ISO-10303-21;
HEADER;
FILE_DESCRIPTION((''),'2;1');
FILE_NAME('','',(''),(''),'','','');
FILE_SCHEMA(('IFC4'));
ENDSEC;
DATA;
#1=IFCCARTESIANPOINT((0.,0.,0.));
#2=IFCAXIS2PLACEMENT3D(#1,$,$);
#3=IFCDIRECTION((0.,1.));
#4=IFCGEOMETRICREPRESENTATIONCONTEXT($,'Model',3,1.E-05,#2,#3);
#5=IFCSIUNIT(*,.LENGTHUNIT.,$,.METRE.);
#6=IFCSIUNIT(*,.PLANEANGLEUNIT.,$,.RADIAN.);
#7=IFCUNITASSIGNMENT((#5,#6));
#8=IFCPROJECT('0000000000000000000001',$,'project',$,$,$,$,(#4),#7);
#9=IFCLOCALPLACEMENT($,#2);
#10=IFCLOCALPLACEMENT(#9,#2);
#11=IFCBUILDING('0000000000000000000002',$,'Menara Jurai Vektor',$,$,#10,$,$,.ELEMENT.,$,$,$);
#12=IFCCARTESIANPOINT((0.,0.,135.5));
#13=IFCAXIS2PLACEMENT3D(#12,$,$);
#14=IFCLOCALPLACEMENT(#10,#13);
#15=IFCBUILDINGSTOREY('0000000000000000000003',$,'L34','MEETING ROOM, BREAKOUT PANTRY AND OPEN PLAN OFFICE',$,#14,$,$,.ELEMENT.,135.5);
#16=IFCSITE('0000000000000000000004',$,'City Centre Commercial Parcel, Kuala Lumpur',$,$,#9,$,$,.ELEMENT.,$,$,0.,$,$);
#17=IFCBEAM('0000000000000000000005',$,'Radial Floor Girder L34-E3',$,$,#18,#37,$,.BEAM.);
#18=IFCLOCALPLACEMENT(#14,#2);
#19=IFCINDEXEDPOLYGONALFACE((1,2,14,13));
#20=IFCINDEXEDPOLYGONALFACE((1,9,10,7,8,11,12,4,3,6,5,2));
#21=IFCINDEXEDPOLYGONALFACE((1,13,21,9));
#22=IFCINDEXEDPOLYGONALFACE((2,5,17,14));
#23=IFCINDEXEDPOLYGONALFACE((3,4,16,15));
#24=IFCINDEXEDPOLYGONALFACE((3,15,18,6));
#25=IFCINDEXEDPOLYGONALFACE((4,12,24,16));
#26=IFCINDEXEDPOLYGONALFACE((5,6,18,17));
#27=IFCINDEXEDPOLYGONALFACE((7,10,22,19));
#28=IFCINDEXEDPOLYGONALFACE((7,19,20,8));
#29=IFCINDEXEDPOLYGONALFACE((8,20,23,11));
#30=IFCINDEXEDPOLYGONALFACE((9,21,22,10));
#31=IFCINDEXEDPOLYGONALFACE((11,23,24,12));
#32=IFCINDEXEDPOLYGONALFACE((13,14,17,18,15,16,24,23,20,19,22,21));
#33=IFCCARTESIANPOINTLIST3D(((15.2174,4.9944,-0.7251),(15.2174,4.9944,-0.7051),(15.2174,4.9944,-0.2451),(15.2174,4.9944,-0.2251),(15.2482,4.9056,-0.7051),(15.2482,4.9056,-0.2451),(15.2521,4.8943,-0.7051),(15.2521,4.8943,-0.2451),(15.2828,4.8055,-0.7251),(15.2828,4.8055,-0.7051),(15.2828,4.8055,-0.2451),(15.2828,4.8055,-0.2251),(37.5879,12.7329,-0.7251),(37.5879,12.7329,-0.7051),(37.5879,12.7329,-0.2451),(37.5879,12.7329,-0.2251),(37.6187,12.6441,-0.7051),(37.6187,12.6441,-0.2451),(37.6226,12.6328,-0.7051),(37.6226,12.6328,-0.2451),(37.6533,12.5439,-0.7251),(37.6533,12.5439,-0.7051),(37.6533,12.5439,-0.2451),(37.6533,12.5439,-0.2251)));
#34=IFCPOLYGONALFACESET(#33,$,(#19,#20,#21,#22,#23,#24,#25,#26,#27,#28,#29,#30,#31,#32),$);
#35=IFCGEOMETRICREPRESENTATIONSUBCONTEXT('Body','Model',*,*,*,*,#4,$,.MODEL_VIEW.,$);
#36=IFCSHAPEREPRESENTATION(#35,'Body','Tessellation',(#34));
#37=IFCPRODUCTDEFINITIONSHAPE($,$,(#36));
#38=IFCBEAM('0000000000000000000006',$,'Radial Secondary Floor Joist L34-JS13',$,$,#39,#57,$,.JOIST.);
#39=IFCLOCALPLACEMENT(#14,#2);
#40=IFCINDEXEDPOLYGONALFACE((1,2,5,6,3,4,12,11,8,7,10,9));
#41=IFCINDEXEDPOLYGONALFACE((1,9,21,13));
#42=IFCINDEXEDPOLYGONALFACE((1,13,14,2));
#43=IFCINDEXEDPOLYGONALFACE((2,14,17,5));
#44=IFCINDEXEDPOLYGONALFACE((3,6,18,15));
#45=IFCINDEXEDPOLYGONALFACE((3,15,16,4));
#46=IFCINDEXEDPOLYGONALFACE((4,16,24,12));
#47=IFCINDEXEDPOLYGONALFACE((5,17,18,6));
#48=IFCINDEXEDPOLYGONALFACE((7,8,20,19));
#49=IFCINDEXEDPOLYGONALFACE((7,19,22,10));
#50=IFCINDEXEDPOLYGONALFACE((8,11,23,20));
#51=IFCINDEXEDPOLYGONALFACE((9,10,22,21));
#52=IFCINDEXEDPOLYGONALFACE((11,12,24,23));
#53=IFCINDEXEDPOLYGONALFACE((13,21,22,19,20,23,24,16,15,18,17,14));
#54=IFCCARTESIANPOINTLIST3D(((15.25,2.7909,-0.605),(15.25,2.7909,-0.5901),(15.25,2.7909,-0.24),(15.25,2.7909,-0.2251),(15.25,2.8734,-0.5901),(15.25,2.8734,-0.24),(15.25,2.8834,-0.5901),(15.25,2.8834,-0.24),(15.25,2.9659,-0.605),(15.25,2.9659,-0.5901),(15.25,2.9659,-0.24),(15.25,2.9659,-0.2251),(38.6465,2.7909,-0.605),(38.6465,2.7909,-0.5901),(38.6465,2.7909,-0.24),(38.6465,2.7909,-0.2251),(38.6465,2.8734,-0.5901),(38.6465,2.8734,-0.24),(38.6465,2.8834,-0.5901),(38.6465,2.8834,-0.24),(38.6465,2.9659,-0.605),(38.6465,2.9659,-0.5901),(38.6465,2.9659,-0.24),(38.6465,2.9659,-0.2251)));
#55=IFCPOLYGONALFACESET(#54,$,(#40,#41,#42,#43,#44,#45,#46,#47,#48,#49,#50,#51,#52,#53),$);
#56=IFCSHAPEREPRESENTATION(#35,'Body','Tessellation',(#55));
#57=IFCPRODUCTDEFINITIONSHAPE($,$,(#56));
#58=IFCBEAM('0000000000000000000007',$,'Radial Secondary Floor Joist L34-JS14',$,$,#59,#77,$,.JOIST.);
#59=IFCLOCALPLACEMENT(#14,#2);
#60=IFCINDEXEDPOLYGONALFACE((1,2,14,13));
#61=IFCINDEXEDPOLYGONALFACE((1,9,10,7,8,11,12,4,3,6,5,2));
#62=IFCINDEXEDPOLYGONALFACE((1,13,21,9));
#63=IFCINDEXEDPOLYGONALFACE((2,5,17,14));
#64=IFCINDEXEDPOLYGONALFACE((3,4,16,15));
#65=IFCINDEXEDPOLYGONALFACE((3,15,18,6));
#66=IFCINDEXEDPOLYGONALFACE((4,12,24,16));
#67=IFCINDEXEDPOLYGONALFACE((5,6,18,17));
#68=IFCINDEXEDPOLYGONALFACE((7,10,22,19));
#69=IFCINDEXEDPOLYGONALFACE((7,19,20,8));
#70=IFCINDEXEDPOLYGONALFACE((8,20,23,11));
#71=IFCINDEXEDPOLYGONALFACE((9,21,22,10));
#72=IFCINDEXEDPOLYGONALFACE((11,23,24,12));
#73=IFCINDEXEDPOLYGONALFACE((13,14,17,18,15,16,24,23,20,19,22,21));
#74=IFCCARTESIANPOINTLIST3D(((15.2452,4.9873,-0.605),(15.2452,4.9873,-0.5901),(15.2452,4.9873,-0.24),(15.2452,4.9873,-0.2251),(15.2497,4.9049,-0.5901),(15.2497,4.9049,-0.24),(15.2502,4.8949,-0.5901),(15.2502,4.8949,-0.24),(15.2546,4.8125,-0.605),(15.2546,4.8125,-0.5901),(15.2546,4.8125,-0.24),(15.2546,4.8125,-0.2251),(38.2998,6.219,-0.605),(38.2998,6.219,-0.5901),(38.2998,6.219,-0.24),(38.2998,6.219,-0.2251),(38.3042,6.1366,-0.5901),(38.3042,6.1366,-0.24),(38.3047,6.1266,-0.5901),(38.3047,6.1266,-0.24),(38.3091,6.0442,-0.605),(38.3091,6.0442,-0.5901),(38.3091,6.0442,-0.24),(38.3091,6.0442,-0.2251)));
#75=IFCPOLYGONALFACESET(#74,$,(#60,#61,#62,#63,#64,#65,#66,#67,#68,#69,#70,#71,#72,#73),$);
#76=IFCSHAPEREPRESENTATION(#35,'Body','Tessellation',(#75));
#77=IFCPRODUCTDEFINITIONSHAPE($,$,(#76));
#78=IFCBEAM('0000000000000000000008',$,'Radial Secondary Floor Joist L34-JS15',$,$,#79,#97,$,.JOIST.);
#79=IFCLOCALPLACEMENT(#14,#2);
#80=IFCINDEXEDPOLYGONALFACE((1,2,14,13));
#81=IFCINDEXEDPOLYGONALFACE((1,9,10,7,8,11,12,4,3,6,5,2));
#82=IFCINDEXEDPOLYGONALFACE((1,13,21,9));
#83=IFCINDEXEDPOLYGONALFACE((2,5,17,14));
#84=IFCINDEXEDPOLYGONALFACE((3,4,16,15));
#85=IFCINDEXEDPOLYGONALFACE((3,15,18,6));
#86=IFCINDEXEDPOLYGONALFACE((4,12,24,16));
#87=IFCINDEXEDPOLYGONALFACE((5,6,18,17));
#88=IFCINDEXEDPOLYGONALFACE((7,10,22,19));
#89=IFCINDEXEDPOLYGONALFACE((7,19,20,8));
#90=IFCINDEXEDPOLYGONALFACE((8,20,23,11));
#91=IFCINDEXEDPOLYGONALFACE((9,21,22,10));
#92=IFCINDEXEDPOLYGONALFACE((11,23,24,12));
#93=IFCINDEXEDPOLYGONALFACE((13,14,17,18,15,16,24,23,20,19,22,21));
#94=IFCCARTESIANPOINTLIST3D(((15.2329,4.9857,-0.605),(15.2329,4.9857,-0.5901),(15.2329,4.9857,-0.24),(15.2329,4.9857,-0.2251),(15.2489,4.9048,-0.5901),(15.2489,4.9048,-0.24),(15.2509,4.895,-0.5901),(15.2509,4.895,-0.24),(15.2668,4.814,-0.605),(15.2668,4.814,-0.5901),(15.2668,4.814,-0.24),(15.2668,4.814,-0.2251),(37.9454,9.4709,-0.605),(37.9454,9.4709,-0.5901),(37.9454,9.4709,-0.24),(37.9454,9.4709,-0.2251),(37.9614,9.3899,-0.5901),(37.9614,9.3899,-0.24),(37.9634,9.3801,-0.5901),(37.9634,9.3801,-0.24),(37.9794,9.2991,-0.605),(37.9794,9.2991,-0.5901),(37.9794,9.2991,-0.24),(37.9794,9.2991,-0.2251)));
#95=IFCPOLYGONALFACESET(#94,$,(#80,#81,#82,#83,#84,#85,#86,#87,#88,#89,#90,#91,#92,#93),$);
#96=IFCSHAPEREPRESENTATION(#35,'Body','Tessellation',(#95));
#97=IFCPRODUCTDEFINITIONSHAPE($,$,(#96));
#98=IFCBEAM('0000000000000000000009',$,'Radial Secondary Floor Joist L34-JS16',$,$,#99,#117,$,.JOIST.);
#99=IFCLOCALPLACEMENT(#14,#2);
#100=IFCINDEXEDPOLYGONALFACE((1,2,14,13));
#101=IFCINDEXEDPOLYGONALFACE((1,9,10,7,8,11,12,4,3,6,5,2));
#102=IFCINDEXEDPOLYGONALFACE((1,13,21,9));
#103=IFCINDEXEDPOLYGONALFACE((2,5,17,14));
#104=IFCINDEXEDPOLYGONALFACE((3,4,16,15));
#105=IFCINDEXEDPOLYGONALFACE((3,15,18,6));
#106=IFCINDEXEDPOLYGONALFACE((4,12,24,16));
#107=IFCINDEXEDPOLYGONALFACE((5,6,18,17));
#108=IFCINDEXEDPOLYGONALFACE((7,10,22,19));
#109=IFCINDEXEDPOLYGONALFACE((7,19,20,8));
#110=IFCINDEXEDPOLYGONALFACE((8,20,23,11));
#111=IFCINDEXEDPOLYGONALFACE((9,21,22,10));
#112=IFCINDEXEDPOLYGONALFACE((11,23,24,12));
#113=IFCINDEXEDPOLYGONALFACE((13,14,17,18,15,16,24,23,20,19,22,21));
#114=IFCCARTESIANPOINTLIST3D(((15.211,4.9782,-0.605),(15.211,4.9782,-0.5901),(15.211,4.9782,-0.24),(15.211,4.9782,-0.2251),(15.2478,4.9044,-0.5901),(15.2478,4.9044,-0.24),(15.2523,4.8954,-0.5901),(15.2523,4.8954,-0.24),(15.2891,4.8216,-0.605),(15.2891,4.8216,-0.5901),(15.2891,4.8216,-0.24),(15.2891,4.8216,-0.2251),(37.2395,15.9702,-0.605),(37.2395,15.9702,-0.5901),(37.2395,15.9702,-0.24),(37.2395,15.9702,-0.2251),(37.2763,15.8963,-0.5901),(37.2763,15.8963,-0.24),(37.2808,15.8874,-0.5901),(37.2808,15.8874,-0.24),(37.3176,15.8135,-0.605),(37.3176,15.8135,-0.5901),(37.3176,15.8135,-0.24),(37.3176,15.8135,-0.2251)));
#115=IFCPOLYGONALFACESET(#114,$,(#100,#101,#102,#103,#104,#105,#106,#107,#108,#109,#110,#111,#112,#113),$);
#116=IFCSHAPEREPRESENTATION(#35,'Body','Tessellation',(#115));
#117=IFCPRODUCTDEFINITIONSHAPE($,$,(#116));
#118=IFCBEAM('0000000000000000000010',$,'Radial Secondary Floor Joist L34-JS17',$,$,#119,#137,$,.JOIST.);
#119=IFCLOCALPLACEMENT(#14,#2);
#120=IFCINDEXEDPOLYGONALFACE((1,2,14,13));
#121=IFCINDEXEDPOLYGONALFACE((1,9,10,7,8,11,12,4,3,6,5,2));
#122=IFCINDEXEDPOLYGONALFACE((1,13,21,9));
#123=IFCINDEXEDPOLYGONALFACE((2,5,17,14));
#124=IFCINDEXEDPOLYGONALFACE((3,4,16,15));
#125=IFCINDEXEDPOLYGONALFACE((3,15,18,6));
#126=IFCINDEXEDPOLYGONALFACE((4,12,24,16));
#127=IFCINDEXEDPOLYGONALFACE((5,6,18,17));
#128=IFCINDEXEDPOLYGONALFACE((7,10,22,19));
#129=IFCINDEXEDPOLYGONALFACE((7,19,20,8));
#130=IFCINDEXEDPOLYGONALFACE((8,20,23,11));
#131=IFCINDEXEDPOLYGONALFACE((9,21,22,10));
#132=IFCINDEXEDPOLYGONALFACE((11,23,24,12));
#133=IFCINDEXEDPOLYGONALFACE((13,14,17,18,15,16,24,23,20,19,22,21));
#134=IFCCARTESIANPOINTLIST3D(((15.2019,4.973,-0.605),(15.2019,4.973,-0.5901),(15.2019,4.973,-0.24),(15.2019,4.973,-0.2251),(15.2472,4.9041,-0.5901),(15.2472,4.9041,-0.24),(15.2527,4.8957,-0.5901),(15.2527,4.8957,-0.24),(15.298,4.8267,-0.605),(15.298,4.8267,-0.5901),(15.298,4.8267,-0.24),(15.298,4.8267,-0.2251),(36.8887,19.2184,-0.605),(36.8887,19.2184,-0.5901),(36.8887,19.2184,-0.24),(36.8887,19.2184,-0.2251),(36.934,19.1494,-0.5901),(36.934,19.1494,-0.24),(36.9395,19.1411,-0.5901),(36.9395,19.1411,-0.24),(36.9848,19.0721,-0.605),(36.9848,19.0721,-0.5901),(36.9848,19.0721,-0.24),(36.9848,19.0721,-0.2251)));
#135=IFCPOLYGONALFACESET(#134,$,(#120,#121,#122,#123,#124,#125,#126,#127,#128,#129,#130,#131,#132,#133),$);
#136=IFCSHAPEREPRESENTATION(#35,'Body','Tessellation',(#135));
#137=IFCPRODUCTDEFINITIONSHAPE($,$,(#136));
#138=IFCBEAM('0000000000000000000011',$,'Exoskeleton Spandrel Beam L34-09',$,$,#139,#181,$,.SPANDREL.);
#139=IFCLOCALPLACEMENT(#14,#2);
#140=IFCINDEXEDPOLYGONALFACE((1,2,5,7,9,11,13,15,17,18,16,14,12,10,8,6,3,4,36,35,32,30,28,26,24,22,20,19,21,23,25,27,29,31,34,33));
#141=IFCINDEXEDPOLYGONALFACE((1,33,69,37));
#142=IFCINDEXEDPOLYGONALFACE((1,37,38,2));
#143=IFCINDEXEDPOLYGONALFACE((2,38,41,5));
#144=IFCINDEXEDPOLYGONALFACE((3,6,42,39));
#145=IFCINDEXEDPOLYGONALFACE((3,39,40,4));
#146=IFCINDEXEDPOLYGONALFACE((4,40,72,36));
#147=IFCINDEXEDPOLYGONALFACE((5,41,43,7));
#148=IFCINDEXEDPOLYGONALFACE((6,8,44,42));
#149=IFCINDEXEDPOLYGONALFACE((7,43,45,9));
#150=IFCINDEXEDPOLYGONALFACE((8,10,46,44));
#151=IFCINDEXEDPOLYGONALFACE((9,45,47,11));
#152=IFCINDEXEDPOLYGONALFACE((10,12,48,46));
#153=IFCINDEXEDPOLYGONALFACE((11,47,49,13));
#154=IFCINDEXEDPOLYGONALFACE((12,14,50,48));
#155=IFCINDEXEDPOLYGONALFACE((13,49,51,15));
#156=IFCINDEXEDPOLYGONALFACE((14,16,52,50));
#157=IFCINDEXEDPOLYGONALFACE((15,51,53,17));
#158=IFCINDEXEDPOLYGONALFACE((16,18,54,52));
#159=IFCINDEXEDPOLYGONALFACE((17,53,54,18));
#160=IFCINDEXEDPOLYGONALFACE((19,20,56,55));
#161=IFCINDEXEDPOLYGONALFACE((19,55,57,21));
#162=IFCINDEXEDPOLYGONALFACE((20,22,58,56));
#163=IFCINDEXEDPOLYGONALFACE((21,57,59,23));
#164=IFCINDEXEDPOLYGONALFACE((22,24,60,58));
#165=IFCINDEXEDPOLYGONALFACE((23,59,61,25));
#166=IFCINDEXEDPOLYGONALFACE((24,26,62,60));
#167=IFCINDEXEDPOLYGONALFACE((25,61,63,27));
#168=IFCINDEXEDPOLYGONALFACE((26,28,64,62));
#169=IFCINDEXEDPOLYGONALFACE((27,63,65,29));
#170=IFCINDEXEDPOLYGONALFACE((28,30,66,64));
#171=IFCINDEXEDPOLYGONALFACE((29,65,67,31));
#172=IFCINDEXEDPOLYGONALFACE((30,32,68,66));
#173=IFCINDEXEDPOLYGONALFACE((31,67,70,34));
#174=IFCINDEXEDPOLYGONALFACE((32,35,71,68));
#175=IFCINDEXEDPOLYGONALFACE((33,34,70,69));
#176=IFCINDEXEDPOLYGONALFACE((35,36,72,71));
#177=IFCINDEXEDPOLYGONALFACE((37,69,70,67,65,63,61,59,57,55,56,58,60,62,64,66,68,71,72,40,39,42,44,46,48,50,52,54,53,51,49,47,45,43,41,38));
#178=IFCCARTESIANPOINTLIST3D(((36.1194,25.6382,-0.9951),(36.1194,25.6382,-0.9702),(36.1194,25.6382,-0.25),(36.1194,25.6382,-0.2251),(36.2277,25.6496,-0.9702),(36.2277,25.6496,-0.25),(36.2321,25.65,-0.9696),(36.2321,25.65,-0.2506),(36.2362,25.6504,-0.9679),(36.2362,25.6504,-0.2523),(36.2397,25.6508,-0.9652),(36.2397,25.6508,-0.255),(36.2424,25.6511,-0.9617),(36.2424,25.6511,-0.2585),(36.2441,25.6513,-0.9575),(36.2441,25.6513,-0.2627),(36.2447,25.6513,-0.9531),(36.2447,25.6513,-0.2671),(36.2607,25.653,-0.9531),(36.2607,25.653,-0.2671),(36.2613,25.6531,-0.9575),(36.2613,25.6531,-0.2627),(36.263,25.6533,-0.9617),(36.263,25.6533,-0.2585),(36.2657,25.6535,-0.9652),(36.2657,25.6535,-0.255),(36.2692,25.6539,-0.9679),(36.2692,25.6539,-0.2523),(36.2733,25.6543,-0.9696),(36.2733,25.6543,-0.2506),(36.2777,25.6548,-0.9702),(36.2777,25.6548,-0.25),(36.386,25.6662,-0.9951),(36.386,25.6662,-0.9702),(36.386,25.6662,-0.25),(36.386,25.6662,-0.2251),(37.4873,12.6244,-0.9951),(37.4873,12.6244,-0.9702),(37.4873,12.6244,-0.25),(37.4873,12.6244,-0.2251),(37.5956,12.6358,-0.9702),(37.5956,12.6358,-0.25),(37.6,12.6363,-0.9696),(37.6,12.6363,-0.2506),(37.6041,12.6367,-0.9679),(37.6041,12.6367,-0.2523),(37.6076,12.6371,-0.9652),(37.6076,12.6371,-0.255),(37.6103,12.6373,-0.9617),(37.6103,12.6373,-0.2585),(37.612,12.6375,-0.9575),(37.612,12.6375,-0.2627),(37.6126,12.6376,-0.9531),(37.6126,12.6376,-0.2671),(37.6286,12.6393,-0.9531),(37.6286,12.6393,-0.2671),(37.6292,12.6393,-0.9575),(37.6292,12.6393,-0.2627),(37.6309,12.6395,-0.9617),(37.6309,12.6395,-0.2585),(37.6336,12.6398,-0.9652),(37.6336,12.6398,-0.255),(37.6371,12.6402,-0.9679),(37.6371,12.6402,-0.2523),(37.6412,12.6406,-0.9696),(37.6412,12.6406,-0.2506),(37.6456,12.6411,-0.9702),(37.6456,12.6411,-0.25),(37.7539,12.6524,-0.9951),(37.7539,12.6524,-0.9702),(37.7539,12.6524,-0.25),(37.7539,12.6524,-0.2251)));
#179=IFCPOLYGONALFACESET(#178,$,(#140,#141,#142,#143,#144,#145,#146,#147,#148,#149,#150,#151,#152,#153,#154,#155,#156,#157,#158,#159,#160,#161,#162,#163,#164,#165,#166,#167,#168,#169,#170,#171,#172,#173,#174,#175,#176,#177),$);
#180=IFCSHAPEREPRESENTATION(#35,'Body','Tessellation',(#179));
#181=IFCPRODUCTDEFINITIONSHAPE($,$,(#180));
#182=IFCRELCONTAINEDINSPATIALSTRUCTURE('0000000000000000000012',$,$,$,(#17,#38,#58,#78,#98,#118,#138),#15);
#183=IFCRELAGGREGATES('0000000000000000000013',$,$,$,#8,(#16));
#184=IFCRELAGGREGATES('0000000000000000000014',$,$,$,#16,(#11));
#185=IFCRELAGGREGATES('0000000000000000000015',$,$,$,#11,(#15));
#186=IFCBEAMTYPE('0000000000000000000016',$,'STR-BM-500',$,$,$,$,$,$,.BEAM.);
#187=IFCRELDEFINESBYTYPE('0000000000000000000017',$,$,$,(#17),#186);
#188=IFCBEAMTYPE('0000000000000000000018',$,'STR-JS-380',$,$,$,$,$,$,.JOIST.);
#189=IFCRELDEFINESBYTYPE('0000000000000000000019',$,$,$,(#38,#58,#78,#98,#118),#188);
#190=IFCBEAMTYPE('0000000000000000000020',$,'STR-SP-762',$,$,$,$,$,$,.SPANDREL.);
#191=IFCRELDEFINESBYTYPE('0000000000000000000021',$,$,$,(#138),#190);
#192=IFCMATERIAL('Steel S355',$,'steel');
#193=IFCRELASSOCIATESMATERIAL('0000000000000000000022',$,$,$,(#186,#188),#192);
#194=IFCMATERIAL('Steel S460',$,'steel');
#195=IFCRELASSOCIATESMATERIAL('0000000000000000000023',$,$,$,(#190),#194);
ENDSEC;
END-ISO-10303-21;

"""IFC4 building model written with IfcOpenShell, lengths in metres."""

from ifc_helpers import new_model, si_unit, direction, frame, origin, origin_2d, place, context, subcontext, project, spatial, i_section, extrude, material, material_profile, profile_set, type_object, element, save


model = new_model("IFC4")

# Units and contexts
model_context = context("Model", 3, precision=1e-05, world=origin(), true_north=direction((0.0, 1.0)))
body_context = subcontext(model_context, "Body", "Model", "MODEL_VIEW")
ifc_project = project(units=[si_unit("LENGTHUNIT", "METRE"), si_unit("PLANEANGLEUNIT", "RADIAN")], contexts=[model_context])

# Site, building, storey
site_placement = place(None, origin())
site = spatial("IfcSite", under=ifc_project, at=site_placement, Name="City Centre Commercial Parcel, Kuala Lumpur", CompositionType="ELEMENT", RefElevation=0.0)
building_placement = place(site_placement, origin())
building = spatial("IfcBuilding", under=site, at=building_placement, Name="Menara Jurai Vektor", CompositionType="ELEMENT")
storey_placement = place(building_placement, frame((0.0, 0.0, 135.5)))
storey = spatial("IfcBuildingStorey", under=building, at=storey_placement, Name="L34", Description="MEETING ROOM, BREAKOUT PANTRY AND OPEN PLAN OFFICE", CompositionType="ELEMENT", Elevation=135.5)

# Shared definitions
ifc_material_1 = material(Name="Steel S460", Category="steel")

# Beams
ifc_material_2 = material(Name="Steel S355", Category="steel")
ifc_material_profile_1 = material_profile(ifc_material_2, i_section(OverallWidth=0.2, OverallDepth=0.5, WebThickness=0.012, FlangeThickness=0.02, at=origin_2d()), Name="PG 500x200x96")
ifc_profile_set_1 = profile_set([ifc_material_profile_1], Name="Steel S355")
beam_type_1 = type_object("IfcBeamType", Name="STR-BM-500", PredefinedType="BEAM", material=ifc_profile_set_1)
beam_1_placement = place(storey_placement, frame((37.6206, 12.6384, -0.4751), z_axis=(-0.945053, -0.326916, 0.0), x_axis=(0.326916, -0.945053, 0.0)))
element("IfcBeam", 1, at=beam_1_placement, inside=storey, type_object=beam_type_1, Name="Radial Floor Girder L34-E3", PredefinedType="BEAM", context=body_context, shape_type="SweptSolid", body=[
    extrude(i_section(OverallWidth=0.2, OverallDepth=0.5, WebThickness=0.012, FlangeThickness=0.02, at=origin_2d()), origin(), (0.0, 0.0, 1.0), 23.6711),
])
ifc_material_profile_2 = material_profile(ifc_material_2, i_section(OverallWidth=0.175, OverallDepth=0.3799, WebThickness=0.01, FlangeThickness=0.0149, at=origin_2d()), Name="PG 380x175x58")
ifc_profile_set_2 = profile_set([ifc_material_profile_2], Name="Steel S355")
beam_type_2 = type_object("IfcBeamType", Name="STR-JS-380", PredefinedType="JOIST", material=ifc_profile_set_2)
beam_2_placement = place(storey_placement, frame((38.6465, 2.8784, -0.415), z_axis=(-1.0, 0.0, 0.0), x_axis=(0.0, -1.0, 0.0)))
element("IfcBeam", 2, at=beam_2_placement, inside=storey, type_object=beam_type_2, Name="Radial Secondary Floor Joist L34-JS13", PredefinedType="JOIST", context=body_context, shape_type="SweptSolid", body=[
    extrude(i_section(OverallWidth=0.175, OverallDepth=0.3799, WebThickness=0.01, FlangeThickness=0.0149, at=origin_2d()), origin(), (0.0, 0.0, 1.0), 23.3965),
])
beam_3_placement = place(storey_placement, frame((38.3044, 6.1316, -0.415), z_axis=(-0.998576, -0.053349, 0.0), x_axis=(0.053349, -0.998576, 0.0)))
element("IfcBeam", 3, at=beam_3_placement, inside=storey, type_object=beam_type_2, Name="Radial Secondary Floor Joist L34-JS14", PredefinedType="JOIST", context=body_context, shape_type="SweptSolid", body=[
    extrude(i_section(OverallWidth=0.175, OverallDepth=0.3799, WebThickness=0.01, FlangeThickness=0.0149, at=origin_2d()), origin(), (0.0, 0.0, 1.0), 23.0874),
])
beam_4_placement = place(storey_placement, frame((37.9624, 9.385, -0.415), z_axis=(-0.981054, -0.193733, 0.0), x_axis=(0.193733, -0.981054, 0.0)))
element("IfcBeam", 4, at=beam_4_placement, inside=storey, type_object=beam_type_2, Name="Radial Secondary Floor Joist L34-JS15", PredefinedType="JOIST", context=body_context, shape_type="SweptSolid", body=[
    extrude(i_section(OverallWidth=0.175, OverallDepth=0.3799, WebThickness=0.01, FlangeThickness=0.0149, at=origin_2d()), origin(), (0.0, 0.0, 1.0), 23.1511),
])
beam_5_placement = place(storey_placement, frame((37.2786, 15.8918, -0.415), z_axis=(-0.89479, -0.446488, 0.0), x_axis=(0.446488, -0.89479, 0.0)))
element("IfcBeam", 5, at=beam_5_placement, inside=storey, type_object=beam_type_2, Name="Radial Secondary Floor Joist L34-JS16", PredefinedType="JOIST", context=body_context, shape_type="SweptSolid", body=[
    extrude(i_section(OverallWidth=0.175, OverallDepth=0.3799, WebThickness=0.01, FlangeThickness=0.0149, at=origin_2d()), origin(), (0.0, 0.0, 1.0), 24.6187),
])
beam_6_placement = place(storey_placement, frame((36.9368, 19.1453, -0.415), z_axis=(-0.835811, -0.549018, 0.0), x_axis=(0.549018, -0.835811, 0.0)))
element("IfcBeam", 6, at=beam_6_placement, inside=storey, type_object=beam_type_2, Name="Radial Secondary Floor Joist L34-JS17", PredefinedType="JOIST", context=body_context, shape_type="SweptSolid", body=[
    extrude(i_section(OverallWidth=0.175, OverallDepth=0.3799, WebThickness=0.01, FlangeThickness=0.0149, at=origin_2d()), origin(), (0.0, 0.0, 1.0), 25.947),
])
ifc_material_profile_3 = material_profile(ifc_material_1, i_section(OverallWidth=0.2681, OverallDepth=0.77, WebThickness=0.0161, FlangeThickness=0.0249, FilletRadius=0.0171, at=origin_2d()), Name="UKB 762x267x197")
ifc_profile_set_3 = profile_set([ifc_material_profile_3], Name="Steel S460")
beam_type_3 = type_object("IfcBeamType", Name="STR-SP-762", PredefinedType="SPANDREL", material=ifc_profile_set_3)
beam_7_placement = place(storey_placement, frame((37.6206, 12.6384, -0.6101), z_axis=(-0.104538, 0.994521, 0.0), x_axis=(-0.994521, -0.104538, 0.0)))
element("IfcBeam", 7, at=beam_7_placement, inside=storey, type_object=beam_type_3, Name="Exoskeleton Spandrel Beam L34-09", PredefinedType="SPANDREL", context=body_context, shape_type="SweptSolid", body=[
    extrude(i_section(OverallWidth=0.2681, OverallDepth=0.77, WebThickness=0.0161, FlangeThickness=0.0249, FilletRadius=0.0171, at=origin_2d()), origin(), (0.0, 0.0, 1.0), 13.0854),
])

save(model, "model.ifc")
